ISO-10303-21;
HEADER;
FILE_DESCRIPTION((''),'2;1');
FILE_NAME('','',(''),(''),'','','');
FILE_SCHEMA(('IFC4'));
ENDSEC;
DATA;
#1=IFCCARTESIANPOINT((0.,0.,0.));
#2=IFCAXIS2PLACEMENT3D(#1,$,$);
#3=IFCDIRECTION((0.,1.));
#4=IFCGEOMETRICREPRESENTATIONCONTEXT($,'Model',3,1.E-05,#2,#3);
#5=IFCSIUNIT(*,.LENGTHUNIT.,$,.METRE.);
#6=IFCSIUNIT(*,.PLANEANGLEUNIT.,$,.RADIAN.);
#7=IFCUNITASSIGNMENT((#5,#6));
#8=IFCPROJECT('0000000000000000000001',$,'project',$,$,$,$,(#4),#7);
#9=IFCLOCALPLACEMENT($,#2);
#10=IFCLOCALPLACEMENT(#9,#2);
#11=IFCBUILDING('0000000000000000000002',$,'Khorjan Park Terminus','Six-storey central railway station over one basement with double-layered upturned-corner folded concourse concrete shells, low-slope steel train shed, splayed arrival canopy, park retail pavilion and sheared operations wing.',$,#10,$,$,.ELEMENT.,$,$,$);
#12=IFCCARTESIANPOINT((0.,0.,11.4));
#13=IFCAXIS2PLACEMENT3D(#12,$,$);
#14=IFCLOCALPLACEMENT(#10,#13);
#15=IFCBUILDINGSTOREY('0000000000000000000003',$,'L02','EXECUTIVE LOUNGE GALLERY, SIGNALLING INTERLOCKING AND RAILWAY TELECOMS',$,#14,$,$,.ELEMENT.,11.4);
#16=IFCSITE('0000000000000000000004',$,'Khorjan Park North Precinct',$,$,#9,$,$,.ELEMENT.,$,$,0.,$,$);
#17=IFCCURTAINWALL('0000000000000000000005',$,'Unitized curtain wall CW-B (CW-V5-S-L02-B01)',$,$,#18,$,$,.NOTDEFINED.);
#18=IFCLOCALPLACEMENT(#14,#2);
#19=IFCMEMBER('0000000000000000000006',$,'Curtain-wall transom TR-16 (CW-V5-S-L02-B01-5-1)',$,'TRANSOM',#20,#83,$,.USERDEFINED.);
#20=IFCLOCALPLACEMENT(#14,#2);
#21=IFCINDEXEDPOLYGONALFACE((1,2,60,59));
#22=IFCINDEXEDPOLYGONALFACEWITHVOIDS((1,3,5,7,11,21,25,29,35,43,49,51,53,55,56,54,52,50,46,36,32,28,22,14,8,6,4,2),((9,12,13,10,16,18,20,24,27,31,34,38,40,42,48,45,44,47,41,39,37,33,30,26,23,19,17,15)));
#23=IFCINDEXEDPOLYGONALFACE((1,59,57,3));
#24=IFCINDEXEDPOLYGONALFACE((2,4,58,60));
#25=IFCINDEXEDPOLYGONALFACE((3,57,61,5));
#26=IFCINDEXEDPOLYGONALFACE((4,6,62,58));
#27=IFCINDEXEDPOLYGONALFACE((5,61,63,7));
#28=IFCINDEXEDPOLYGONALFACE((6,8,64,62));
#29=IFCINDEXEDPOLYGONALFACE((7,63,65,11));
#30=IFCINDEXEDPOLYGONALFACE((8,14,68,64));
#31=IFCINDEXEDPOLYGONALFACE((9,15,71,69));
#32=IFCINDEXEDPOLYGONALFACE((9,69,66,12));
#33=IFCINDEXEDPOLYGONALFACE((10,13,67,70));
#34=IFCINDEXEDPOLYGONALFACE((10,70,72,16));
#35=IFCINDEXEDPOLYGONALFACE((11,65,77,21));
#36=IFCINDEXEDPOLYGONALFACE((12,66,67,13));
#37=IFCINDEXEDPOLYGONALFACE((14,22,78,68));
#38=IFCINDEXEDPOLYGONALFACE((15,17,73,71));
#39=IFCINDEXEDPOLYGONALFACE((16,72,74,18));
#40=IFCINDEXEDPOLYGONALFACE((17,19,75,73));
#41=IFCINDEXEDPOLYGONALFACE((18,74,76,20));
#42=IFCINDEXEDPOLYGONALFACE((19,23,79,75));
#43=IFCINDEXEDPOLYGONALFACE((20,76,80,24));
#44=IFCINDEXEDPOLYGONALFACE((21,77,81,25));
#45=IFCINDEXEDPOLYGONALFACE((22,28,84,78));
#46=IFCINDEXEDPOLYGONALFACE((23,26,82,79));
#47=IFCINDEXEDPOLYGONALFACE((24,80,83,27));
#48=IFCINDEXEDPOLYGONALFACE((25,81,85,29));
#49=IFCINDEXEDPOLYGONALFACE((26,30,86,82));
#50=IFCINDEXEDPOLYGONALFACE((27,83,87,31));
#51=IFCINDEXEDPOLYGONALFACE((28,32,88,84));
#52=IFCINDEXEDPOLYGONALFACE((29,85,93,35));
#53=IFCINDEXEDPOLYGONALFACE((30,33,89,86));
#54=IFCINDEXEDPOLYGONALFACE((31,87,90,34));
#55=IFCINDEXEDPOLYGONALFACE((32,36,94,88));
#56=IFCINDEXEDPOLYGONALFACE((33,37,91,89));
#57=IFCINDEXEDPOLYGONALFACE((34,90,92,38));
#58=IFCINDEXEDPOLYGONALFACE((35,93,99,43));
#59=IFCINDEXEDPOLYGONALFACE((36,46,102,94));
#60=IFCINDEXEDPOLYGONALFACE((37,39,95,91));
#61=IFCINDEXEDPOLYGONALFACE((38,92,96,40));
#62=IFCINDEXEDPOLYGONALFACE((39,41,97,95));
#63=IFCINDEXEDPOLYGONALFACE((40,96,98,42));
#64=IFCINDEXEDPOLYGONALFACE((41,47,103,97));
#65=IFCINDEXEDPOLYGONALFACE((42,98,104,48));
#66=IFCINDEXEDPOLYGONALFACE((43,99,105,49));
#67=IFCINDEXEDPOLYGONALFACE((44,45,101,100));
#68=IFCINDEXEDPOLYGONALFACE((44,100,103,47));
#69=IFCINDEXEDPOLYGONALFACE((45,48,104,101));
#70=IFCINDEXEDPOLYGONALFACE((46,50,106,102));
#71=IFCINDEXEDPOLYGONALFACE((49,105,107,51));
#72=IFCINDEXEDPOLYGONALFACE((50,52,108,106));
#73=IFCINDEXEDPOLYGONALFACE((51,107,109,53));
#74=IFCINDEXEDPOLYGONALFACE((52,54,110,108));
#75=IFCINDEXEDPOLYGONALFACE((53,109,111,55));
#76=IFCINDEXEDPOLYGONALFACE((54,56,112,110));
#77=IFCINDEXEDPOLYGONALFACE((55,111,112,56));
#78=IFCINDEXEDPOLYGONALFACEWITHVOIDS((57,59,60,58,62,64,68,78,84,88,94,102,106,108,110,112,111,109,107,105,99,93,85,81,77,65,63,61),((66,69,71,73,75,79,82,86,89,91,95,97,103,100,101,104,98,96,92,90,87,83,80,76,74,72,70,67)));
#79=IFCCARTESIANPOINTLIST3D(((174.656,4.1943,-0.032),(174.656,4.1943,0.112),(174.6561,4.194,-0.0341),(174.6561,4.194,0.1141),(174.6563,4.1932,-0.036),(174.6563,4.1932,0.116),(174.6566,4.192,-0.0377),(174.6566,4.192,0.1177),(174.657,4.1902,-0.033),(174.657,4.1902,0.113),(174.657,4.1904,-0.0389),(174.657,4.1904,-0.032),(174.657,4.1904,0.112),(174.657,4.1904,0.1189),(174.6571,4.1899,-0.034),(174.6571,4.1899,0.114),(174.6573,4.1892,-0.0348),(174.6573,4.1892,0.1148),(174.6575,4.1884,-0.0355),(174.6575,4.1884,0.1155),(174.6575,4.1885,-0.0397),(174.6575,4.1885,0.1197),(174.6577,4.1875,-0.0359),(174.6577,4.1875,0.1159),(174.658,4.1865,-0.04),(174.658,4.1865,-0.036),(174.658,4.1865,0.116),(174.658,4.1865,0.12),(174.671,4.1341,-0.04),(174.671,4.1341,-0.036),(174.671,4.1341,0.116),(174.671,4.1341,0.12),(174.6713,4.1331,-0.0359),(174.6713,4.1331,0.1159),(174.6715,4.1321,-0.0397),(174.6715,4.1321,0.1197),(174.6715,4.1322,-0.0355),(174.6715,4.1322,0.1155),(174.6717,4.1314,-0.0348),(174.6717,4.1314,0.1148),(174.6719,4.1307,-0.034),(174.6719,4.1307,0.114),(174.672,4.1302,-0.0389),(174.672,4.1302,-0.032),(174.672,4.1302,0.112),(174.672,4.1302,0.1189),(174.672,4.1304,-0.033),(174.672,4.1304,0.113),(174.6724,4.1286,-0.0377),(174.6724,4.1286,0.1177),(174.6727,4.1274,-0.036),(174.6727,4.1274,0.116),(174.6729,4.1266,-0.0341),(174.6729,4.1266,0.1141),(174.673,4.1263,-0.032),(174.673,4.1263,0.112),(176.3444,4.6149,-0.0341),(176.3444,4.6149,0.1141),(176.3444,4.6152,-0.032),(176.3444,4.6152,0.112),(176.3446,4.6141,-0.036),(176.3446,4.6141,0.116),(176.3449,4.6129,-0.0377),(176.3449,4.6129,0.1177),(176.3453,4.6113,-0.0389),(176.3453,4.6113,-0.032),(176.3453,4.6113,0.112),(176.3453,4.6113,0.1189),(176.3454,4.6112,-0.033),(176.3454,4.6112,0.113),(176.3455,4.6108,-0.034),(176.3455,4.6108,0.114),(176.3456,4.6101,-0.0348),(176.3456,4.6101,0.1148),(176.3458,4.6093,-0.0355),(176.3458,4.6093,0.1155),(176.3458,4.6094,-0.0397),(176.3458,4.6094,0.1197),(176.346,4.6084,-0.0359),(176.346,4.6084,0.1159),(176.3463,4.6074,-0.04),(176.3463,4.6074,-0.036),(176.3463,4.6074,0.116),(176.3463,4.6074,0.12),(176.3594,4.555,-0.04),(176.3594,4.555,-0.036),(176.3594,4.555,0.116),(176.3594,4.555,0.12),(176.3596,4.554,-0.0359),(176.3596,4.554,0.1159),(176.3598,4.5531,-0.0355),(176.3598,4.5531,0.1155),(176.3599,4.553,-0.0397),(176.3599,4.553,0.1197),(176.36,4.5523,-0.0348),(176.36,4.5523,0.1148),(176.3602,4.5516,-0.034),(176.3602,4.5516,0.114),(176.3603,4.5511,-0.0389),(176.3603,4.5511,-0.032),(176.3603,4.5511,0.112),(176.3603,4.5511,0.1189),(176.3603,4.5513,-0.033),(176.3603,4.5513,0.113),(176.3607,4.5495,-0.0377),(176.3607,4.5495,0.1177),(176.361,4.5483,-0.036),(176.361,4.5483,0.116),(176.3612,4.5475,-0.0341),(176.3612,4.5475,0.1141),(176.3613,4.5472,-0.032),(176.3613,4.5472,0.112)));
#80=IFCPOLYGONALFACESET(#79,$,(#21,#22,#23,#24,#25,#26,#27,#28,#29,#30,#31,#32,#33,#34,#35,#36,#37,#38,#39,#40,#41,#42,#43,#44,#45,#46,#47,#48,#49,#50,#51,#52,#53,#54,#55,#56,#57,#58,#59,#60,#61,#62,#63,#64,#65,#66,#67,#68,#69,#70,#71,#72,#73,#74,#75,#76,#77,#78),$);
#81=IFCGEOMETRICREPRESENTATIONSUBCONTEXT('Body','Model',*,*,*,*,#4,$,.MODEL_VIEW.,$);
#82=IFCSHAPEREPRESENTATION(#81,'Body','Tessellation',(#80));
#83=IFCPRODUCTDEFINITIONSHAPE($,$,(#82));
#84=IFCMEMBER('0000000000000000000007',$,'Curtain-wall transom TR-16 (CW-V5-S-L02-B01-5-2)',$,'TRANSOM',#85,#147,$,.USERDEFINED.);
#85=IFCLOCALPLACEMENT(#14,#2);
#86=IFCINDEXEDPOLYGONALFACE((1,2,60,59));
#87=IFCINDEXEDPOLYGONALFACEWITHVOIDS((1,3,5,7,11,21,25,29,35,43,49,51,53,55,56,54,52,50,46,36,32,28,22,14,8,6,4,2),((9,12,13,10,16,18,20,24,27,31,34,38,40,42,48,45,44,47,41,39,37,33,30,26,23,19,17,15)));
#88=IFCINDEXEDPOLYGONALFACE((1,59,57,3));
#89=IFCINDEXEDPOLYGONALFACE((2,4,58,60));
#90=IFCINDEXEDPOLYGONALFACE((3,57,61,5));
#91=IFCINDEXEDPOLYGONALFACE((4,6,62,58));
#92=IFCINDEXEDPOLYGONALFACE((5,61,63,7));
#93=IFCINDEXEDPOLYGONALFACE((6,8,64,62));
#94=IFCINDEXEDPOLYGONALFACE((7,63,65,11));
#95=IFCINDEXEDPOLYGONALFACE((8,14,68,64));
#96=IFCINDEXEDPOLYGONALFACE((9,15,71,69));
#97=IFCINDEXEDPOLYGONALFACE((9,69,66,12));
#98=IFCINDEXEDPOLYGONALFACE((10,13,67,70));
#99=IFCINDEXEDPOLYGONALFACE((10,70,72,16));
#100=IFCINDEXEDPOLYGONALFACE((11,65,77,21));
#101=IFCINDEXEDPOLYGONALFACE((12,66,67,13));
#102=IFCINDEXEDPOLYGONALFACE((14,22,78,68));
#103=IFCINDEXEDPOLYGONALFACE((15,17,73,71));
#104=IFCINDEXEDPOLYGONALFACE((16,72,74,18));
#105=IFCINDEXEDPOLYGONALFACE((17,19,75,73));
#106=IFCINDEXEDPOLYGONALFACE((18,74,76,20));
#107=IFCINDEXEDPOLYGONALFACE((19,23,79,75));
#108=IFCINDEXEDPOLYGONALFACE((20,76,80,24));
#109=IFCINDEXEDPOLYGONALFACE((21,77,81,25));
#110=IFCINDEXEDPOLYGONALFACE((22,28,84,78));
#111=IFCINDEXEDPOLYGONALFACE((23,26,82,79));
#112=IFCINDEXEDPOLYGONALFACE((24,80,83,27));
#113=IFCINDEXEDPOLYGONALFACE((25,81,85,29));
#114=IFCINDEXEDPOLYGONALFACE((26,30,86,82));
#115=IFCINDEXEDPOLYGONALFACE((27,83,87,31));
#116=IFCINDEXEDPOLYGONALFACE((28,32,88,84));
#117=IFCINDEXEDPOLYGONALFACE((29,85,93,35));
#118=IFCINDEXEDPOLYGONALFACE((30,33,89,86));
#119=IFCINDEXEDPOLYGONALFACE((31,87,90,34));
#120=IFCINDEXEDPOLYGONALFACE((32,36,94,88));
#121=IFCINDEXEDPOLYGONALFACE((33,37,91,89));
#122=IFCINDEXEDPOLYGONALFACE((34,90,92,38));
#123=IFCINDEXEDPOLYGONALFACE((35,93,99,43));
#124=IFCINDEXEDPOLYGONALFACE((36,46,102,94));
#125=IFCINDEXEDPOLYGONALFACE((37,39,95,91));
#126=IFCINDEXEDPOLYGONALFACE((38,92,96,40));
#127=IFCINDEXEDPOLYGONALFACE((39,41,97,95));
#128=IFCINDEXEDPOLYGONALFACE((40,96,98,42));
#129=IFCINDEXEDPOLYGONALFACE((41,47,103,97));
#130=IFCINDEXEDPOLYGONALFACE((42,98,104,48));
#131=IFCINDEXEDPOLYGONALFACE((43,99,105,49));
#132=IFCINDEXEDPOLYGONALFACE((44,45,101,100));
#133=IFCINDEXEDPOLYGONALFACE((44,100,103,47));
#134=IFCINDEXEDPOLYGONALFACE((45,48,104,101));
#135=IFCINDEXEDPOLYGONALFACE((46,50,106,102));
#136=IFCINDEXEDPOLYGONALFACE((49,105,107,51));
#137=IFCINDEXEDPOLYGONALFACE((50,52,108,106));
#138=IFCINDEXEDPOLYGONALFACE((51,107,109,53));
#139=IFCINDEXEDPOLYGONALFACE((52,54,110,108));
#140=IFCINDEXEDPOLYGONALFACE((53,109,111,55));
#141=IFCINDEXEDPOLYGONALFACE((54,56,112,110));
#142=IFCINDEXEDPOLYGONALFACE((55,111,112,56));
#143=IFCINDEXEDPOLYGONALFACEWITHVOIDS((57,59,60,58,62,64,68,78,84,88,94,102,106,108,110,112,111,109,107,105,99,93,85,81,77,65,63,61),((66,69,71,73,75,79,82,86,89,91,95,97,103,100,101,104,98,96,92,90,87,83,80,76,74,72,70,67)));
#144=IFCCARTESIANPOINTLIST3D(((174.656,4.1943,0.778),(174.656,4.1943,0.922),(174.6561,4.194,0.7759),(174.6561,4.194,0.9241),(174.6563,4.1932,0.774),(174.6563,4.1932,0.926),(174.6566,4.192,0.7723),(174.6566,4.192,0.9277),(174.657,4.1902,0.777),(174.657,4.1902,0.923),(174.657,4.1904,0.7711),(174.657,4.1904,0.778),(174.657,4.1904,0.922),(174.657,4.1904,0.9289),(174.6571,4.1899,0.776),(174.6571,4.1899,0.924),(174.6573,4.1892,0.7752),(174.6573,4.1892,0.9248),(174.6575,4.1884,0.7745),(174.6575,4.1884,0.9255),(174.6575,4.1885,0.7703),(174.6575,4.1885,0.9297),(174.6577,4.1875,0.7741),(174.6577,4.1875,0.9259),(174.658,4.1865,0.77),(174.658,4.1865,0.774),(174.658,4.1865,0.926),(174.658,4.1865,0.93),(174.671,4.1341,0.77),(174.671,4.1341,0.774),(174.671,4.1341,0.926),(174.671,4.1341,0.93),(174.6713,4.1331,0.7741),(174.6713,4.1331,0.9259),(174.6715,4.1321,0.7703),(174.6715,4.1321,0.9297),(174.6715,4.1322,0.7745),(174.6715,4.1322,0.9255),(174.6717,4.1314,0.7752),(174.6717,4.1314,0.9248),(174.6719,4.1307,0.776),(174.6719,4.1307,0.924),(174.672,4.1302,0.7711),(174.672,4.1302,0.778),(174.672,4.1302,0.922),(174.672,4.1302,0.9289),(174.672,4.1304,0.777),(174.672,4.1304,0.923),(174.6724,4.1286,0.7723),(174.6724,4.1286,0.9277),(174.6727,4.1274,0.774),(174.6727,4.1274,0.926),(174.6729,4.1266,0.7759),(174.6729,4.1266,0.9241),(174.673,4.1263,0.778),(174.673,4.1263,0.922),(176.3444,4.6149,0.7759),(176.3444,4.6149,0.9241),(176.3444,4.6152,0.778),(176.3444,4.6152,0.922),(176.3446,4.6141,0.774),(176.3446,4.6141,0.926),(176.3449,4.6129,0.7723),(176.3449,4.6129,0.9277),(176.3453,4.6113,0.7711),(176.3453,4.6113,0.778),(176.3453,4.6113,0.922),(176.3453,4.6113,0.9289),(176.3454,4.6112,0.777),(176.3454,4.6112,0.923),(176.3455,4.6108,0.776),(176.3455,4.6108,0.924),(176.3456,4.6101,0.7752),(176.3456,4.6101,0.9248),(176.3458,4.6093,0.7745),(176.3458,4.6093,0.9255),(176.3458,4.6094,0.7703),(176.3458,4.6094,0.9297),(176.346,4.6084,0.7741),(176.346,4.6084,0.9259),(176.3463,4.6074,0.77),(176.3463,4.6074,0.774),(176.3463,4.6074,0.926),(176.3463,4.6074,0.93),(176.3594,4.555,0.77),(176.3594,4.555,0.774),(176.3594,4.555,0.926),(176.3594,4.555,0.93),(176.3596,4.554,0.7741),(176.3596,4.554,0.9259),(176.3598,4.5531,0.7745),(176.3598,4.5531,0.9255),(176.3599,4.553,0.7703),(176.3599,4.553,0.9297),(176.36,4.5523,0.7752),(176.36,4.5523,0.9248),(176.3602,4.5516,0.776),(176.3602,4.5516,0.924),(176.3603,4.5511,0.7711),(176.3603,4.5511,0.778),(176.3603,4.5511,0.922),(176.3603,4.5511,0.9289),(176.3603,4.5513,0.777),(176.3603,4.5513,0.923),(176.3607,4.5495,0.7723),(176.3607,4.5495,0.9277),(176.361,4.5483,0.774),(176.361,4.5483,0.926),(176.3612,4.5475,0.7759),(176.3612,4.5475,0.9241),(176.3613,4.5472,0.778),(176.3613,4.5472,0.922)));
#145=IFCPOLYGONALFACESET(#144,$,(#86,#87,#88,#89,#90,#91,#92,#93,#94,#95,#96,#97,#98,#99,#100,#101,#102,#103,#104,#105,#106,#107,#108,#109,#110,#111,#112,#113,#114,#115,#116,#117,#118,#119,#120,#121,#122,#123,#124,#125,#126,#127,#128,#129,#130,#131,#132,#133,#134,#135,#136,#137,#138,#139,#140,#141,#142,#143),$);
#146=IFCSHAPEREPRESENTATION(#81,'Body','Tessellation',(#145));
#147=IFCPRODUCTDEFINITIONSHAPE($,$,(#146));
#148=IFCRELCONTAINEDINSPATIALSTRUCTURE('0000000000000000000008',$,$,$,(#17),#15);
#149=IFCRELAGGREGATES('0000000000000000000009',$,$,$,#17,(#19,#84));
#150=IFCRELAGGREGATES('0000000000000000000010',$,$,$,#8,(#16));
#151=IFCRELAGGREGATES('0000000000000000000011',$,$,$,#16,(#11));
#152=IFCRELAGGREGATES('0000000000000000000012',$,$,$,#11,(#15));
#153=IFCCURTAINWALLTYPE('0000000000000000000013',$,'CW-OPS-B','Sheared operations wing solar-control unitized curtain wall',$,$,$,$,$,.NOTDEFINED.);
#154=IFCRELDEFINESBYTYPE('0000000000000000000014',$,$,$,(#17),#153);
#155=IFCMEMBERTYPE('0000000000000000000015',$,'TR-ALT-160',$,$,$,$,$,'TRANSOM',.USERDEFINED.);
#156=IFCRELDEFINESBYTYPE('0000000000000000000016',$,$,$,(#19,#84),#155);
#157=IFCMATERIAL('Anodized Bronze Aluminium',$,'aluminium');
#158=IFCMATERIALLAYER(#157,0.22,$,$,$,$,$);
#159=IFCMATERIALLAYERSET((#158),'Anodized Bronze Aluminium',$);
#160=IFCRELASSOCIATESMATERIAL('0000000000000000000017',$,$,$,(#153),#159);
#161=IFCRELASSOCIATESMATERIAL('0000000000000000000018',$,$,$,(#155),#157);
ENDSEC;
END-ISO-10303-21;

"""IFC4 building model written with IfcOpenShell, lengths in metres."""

from ifc_helpers import new_model, si_unit, direction, frame, origin, origin_2d, place, context, subcontext, project, spatial, hollow_rectangle, extrude, material, layer, layer_set, material_profile, profile_set, type_object, element, aggregate, save


model = new_model("IFC4")

# Units and contexts
model_context = context("Model", 3, precision=1e-05, world=origin(), true_north=direction((0.0, 1.0)))
body_context = subcontext(model_context, "Body", "Model", "MODEL_VIEW")
ifc_project = project(units=[si_unit("LENGTHUNIT", "METRE"), si_unit("PLANEANGLEUNIT", "RADIAN")], contexts=[model_context])

# Site, building, storey
site_placement = place(None, origin())
site = spatial("IfcSite", under=ifc_project, at=site_placement, Name="Khorjan Park North Precinct", CompositionType="ELEMENT", RefElevation=0.0)
building_placement = place(site_placement, origin())
building = spatial("IfcBuilding", under=site, at=building_placement, Name="Khorjan Park Terminus", Description="Six-storey central railway station over one basement with double-layered upturned-corner folded concourse concrete shells, low-slope steel train shed, splayed arrival canopy, park retail pavilion and sheared operations wing.", CompositionType="ELEMENT")
storey_placement = place(building_placement, frame((0.0, 0.0, 11.4)))
storey = spatial("IfcBuildingStorey", under=building, at=storey_placement, Name="L02", Description="EXECUTIVE LOUNGE GALLERY, SIGNALLING INTERLOCKING AND RAILWAY TELECOMS", CompositionType="ELEMENT", Elevation=11.4)

# Curtain wall
ifc_material_1 = material(Name="Anodized Bronze Aluminium", Category="aluminium")
ifc_layer_1 = layer(ifc_material_1, 0.22)
ifc_layer_set_1 = layer_set([ifc_layer_1], Name="Anodized Bronze Aluminium")
curtain_wall_type = type_object("IfcCurtainWallType", Name="CW-OPS-B", Description="Sheared operations wing solar-control unitized curtain wall", PredefinedType="NOTDEFINED", material=ifc_layer_set_1)
curtain_wall_1_placement = place(storey_placement, origin())
curtain_wall_1 = element("IfcCurtainWall", 1, at=curtain_wall_1_placement, inside=storey, type_object=curtain_wall_type, Name="Unitized curtain wall CW-B (CW-V5-S-L02-B01)", PredefinedType="NOTDEFINED")

# Members
ifc_material_profile_1 = material_profile(ifc_material_1, hollow_rectangle(XDim=0.07, YDim=0.16, WallThickness=0.004, InnerFilletRadius=0.004, OuterFilletRadius=0.008, at=origin_2d()), Name="ALT 70x160x4")
ifc_profile_set_1 = profile_set([ifc_material_profile_1], Name="Anodized Bronze Aluminium")
member_type_1 = type_object("IfcMemberType", Name="TR-ALT-160", ElementType="TRANSOM", PredefinedType="USERDEFINED", material=ifc_profile_set_1)
member_1_placement = place(storey_placement, frame((174.6645, 4.1603, 0.04), z_axis=(0.970301, 0.2419, 0.0), x_axis=(-0.2419, 0.970301, 0.0)))
member_1 = element("IfcMember", 2, at=member_1_placement, type_object=member_type_1, Name="Curtain-wall transom TR-16 (CW-V5-S-L02-B01-5-1)", ObjectType="TRANSOM", PredefinedType="USERDEFINED", context=body_context, shape_type="SweptSolid", body=[
    extrude(hollow_rectangle(XDim=0.07, YDim=0.16, WallThickness=0.004, InnerFilletRadius=0.004, OuterFilletRadius=0.008, at=origin_2d()), origin(), (0.0, 0.0, 1.0), 1.74),
])
member_2_placement = place(storey_placement, frame((174.6645, 4.1603, 0.85), z_axis=(0.970301, 0.2419, 0.0), x_axis=(-0.2419, 0.970301, 0.0)))
member_2 = element("IfcMember", 3, at=member_2_placement, type_object=member_type_1, Name="Curtain-wall transom TR-16 (CW-V5-S-L02-B01-5-2)", ObjectType="TRANSOM", PredefinedType="USERDEFINED", context=body_context, shape_type="SweptSolid", body=[
    extrude(hollow_rectangle(XDim=0.07, YDim=0.16, WallThickness=0.004, InnerFilletRadius=0.004, OuterFilletRadius=0.008, at=origin_2d()), origin(), (0.0, 0.0, 1.0), 1.74),
])

aggregate(curtain_wall_1, [member_1, member_2])

save(model, "model.ifc")
